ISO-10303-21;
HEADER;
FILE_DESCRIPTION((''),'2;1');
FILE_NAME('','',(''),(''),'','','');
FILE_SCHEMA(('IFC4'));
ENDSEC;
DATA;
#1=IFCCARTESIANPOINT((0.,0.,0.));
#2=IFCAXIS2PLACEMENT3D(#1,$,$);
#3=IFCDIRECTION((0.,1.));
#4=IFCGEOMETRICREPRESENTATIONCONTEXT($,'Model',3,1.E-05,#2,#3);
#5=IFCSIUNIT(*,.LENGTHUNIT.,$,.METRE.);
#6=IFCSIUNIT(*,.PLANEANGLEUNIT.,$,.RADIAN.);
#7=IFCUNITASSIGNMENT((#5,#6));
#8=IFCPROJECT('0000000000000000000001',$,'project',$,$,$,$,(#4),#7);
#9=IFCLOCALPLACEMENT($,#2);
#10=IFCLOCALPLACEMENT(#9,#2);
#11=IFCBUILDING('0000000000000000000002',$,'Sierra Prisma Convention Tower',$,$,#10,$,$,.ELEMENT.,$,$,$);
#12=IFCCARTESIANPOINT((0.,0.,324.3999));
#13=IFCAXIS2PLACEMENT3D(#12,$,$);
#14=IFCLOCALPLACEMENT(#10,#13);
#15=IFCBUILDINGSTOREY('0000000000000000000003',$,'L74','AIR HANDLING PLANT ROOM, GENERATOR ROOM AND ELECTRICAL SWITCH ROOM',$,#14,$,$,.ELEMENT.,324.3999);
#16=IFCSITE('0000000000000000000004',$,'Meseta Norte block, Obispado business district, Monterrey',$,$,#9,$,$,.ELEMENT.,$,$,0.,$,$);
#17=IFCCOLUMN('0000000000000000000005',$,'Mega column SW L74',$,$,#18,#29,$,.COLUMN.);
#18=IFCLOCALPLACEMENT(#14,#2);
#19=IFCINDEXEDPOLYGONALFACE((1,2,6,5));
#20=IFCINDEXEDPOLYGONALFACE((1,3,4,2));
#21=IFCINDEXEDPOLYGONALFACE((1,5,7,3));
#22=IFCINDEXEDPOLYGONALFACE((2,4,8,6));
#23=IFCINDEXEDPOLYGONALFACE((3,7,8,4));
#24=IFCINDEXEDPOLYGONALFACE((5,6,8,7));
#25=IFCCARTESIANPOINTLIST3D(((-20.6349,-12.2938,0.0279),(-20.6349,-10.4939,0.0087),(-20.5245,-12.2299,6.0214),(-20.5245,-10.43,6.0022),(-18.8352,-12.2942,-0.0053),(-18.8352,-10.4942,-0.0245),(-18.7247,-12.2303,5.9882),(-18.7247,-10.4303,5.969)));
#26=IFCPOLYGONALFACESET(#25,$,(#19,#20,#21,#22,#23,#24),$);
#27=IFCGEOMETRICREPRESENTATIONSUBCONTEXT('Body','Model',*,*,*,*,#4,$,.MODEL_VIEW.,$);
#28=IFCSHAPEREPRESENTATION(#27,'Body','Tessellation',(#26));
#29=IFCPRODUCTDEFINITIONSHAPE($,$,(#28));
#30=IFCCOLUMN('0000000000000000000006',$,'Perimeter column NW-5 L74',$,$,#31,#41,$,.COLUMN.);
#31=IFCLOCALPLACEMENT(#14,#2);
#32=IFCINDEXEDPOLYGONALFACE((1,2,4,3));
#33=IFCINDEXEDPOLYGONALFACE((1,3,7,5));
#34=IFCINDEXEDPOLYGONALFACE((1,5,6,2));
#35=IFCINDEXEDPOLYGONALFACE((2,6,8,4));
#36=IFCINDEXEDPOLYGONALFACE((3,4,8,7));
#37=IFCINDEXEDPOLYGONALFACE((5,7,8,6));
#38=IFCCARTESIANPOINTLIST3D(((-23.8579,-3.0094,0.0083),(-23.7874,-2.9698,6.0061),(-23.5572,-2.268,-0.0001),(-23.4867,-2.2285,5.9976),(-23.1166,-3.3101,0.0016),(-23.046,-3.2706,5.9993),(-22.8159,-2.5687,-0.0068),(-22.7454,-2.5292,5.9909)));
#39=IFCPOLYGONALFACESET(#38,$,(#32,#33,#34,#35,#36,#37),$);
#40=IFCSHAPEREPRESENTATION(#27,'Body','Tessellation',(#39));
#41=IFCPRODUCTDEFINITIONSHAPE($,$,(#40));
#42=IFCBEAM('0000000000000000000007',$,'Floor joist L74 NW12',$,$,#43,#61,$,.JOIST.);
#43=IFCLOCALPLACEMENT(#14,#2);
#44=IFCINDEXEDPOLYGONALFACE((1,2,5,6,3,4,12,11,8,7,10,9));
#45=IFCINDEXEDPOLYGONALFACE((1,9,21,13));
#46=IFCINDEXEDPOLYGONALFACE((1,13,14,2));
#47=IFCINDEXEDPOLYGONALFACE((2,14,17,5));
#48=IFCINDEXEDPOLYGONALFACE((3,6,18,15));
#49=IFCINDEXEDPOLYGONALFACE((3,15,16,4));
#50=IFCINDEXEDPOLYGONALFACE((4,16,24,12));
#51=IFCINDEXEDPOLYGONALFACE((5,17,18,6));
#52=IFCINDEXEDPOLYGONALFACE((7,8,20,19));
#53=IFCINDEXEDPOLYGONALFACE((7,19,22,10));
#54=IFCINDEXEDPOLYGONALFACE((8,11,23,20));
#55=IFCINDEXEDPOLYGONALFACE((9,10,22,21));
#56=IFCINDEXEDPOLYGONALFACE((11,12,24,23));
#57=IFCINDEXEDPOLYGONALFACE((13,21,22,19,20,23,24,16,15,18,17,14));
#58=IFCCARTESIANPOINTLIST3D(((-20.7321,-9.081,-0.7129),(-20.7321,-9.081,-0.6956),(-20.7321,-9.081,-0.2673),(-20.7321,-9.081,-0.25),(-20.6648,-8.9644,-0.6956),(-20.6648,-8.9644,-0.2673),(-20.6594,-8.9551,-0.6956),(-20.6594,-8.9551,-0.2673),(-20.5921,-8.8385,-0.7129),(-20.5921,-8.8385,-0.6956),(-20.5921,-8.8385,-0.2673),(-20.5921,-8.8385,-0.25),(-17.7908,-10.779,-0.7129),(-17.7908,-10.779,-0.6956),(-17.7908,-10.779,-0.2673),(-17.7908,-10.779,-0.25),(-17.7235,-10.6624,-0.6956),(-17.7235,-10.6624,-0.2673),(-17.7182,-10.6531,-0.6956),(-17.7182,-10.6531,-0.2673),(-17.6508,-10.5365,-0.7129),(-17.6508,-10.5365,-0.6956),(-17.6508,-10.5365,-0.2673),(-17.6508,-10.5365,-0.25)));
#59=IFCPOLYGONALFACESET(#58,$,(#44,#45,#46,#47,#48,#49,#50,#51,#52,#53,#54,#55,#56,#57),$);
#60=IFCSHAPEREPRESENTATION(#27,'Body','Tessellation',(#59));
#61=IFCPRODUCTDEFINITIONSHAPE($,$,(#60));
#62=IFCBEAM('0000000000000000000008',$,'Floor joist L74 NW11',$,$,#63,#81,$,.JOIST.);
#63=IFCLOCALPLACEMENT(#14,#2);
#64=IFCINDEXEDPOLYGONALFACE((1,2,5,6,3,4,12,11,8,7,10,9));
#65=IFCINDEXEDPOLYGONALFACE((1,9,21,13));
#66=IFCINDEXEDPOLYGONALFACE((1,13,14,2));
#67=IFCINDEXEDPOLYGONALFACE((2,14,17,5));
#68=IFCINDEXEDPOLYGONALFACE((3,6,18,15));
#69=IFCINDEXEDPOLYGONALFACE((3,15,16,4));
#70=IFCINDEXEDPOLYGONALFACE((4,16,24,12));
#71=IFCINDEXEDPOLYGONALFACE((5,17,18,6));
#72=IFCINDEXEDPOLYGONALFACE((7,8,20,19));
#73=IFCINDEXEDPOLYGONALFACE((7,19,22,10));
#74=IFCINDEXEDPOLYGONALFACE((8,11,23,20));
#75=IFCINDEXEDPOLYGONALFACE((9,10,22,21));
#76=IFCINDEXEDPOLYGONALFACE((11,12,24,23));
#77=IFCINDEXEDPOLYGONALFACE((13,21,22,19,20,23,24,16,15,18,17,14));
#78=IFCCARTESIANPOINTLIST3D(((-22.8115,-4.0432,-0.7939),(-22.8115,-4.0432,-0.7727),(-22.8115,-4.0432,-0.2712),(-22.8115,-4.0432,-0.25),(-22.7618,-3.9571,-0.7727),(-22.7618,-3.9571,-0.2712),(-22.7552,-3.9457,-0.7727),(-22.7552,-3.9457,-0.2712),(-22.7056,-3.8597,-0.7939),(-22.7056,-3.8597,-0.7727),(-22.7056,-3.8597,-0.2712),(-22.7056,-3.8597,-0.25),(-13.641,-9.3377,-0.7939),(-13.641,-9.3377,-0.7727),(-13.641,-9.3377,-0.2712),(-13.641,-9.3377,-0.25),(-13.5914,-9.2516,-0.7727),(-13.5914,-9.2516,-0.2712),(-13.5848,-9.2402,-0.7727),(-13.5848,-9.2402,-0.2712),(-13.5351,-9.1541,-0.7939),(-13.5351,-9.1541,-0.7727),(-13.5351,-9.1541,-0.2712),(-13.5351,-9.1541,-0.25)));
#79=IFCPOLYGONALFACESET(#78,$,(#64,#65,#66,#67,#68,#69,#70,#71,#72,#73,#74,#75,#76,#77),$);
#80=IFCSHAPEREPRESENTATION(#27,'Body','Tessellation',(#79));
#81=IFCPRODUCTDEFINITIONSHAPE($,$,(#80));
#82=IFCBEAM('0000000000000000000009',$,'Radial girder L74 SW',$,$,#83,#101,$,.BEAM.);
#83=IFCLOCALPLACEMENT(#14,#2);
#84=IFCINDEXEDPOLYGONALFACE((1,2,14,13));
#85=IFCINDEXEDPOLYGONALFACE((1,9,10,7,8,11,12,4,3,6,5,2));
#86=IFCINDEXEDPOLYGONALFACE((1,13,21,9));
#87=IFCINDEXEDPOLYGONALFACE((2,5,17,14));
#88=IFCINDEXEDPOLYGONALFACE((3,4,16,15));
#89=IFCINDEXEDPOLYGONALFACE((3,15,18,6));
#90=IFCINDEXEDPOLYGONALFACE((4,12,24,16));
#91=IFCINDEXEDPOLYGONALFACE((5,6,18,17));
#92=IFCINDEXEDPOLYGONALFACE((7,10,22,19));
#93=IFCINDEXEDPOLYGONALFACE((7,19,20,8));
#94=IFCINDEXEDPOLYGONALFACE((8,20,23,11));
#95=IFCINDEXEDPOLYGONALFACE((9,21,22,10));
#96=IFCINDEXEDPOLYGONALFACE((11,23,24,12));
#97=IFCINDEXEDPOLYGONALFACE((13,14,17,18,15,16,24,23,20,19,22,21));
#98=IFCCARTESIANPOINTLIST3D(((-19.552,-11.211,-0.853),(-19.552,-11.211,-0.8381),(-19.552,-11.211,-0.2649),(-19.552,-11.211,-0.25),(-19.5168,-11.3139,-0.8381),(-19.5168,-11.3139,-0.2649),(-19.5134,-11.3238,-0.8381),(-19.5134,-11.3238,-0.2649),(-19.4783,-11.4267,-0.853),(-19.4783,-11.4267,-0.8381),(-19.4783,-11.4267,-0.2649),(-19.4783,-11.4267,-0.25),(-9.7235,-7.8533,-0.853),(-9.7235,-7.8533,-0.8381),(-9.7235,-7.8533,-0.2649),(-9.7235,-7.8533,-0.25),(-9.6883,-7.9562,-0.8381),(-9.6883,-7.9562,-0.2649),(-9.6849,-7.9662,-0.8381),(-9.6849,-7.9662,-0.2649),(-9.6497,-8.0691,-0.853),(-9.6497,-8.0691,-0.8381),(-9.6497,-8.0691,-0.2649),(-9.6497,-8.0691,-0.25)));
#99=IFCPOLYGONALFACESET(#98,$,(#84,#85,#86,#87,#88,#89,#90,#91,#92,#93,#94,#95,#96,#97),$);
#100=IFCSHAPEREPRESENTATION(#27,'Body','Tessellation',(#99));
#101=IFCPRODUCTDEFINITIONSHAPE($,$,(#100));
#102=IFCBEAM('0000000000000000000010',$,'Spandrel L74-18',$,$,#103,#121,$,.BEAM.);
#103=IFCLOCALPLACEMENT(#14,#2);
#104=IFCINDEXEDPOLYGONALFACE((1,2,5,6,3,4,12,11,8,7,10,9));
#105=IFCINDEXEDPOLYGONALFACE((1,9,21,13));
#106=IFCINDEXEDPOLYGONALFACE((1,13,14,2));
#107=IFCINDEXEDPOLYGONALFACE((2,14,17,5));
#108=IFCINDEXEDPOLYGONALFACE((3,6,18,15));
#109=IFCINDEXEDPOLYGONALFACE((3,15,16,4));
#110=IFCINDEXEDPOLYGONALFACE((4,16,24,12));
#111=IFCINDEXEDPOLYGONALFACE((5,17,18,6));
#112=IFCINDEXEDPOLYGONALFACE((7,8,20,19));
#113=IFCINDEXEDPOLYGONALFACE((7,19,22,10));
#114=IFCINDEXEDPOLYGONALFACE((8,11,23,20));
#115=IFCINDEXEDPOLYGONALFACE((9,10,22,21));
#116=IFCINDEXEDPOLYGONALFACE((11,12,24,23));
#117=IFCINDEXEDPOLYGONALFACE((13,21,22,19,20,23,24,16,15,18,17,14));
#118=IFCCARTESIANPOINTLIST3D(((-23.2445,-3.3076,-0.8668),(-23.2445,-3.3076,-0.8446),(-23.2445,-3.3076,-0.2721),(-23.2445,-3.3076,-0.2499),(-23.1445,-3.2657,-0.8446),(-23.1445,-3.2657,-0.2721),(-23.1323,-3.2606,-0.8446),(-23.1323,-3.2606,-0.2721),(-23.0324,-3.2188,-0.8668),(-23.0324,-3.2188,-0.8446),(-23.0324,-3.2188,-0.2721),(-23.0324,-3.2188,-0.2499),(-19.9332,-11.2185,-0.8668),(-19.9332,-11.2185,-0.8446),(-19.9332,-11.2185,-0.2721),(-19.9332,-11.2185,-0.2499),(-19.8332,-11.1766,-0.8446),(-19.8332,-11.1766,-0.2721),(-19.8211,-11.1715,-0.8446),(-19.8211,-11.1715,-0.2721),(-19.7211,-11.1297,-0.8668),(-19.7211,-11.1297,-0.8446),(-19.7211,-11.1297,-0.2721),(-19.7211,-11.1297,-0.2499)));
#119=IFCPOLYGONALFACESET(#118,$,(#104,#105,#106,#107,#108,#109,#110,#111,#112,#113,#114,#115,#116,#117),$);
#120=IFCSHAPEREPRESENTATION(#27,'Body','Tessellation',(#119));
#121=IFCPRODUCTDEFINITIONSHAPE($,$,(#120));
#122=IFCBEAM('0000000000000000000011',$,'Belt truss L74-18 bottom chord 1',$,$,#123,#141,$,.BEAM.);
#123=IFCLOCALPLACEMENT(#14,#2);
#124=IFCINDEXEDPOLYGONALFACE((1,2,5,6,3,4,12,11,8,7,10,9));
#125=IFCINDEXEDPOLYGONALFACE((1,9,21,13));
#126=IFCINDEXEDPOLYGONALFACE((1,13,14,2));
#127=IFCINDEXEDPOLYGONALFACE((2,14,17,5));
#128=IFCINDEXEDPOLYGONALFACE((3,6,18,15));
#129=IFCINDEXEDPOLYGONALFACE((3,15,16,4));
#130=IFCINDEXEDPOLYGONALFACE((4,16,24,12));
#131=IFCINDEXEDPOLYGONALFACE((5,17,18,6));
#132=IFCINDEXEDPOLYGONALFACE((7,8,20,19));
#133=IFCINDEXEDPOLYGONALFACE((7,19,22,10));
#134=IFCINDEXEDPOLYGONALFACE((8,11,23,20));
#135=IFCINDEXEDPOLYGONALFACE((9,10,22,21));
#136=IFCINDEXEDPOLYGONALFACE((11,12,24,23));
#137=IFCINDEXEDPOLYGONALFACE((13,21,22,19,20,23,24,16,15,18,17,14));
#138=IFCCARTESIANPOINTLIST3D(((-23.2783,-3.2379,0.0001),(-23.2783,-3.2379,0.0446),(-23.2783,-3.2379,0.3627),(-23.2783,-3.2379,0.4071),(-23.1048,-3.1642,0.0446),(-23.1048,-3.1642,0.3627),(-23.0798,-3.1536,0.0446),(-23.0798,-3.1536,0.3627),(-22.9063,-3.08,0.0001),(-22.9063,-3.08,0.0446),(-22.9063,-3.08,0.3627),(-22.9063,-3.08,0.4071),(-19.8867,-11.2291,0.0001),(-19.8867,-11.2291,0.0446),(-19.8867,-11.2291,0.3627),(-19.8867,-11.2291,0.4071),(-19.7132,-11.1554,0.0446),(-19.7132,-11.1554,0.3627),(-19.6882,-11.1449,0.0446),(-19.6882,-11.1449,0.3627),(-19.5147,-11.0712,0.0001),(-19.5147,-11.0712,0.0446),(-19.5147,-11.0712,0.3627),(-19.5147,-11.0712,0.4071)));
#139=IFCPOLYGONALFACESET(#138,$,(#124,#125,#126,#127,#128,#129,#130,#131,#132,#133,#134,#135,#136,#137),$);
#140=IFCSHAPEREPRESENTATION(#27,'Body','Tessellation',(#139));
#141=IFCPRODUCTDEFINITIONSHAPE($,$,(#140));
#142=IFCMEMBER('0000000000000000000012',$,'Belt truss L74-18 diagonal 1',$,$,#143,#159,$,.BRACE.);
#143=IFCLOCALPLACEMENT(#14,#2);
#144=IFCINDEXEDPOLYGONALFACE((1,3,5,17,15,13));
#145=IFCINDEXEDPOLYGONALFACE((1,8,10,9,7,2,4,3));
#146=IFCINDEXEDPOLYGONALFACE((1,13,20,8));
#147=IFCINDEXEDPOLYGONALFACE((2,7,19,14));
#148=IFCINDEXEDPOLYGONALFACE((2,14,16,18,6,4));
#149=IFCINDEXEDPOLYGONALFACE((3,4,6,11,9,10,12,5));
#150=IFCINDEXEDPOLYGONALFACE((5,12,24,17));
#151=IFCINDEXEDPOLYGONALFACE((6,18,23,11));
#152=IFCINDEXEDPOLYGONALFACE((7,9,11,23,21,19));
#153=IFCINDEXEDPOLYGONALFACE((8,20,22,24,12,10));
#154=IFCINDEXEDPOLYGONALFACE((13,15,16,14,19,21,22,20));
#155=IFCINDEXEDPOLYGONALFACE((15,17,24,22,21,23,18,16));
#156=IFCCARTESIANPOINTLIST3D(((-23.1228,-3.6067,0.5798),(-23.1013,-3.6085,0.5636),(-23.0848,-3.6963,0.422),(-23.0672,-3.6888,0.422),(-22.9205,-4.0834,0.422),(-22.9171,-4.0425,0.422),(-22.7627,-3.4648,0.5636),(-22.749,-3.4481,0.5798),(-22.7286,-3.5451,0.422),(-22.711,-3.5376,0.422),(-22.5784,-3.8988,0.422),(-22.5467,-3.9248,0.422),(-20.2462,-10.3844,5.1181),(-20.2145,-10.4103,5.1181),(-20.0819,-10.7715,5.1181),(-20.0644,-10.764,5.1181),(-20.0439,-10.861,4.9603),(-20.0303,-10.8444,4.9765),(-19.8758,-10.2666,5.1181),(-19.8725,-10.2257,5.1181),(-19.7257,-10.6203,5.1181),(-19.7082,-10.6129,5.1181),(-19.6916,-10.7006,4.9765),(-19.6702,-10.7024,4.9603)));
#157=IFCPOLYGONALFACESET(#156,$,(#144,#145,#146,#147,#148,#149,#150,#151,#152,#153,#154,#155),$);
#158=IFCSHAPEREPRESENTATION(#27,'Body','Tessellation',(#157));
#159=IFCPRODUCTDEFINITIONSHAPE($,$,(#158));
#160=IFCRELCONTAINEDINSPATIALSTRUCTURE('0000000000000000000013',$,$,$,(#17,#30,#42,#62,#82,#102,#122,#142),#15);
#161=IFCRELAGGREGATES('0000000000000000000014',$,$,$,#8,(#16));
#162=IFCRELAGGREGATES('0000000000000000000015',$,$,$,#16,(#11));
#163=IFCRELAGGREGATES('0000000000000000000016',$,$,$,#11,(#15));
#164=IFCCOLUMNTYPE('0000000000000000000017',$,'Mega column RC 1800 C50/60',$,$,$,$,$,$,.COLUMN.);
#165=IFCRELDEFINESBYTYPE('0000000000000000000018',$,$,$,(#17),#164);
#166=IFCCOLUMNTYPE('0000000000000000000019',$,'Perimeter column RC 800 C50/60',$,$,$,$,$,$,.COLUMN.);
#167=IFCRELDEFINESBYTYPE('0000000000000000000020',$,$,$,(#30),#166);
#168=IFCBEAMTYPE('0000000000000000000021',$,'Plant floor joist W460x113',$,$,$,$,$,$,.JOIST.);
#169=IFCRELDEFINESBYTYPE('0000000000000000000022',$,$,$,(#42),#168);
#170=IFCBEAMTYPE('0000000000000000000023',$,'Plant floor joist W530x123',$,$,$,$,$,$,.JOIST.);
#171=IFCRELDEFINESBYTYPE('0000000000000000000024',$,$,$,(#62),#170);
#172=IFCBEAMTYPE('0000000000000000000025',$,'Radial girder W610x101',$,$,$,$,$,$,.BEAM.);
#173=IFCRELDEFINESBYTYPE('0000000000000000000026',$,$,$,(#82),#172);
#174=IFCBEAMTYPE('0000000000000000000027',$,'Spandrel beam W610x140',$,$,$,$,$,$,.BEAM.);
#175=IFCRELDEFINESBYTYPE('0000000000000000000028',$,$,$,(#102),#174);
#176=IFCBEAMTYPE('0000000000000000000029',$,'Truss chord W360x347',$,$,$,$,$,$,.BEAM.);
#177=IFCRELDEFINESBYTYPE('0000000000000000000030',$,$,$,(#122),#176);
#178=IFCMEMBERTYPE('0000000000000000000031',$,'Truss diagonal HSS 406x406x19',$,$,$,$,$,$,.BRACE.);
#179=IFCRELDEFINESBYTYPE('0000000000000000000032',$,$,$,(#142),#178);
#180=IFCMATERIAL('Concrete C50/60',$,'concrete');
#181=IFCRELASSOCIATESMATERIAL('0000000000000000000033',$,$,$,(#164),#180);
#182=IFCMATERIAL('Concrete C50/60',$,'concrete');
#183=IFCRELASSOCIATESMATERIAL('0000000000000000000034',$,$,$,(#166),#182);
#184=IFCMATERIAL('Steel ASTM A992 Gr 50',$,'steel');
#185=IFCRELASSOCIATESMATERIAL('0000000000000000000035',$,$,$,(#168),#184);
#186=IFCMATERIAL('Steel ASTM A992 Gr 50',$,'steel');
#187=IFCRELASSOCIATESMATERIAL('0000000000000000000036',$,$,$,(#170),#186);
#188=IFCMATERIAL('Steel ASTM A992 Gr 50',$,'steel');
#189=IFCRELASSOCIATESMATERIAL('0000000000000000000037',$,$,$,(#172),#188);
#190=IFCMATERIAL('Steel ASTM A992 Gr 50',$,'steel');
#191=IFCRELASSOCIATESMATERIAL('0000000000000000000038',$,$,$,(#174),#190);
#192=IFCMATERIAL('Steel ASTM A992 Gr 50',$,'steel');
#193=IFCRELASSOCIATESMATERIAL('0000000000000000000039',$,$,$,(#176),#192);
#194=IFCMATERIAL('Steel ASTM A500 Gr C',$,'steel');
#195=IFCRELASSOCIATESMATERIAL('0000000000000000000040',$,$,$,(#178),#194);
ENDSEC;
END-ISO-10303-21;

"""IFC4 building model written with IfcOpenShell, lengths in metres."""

from ifc_helpers import new_model, si_unit, direction, frame, origin, origin_2d, place, context, subcontext, project, spatial, rectangle, hollow_rectangle, i_section, extrude, clip, halfspace, material, material_profile, profile_set, type_object, element, save


model = new_model("IFC4")

# Units and contexts
model_context = context("Model", 3, precision=1e-05, world=origin(), true_north=direction((0.0, 1.0)))
body_context = subcontext(model_context, "Body", "Model", "MODEL_VIEW")
ifc_project = project(units=[si_unit("LENGTHUNIT", "METRE"), si_unit("PLANEANGLEUNIT", "RADIAN")], contexts=[model_context])

# Site, building, storey
site_placement = place(None, origin())
site = spatial("IfcSite", under=ifc_project, at=site_placement, Name="Meseta Norte block, Obispado business district, Monterrey", CompositionType="ELEMENT", RefElevation=0.0)
building_placement = place(site_placement, origin())
building = spatial("IfcBuilding", under=site, at=building_placement, Name="Sierra Prisma Convention Tower", CompositionType="ELEMENT")
storey_placement = place(building_placement, frame((0.0, 0.0, 324.3999)))
storey = spatial("IfcBuildingStorey", under=building, at=storey_placement, Name="L74", Description="AIR HANDLING PLANT ROOM, GENERATOR ROOM AND ELECTRICAL SWITCH ROOM", CompositionType="ELEMENT", Elevation=324.3999)

# Columns
ifc_material_1 = material(Name="Concrete C50/60", Category="concrete")
ifc_material_profile_1 = material_profile(ifc_material_1, rectangle(XDim=1.8, YDim=1.8, at=origin_2d()), Name="Mega column RC 1800 C50/60")
ifc_profile_set_1 = profile_set([ifc_material_profile_1], Name="Concrete C50/60")
column_type_1 = type_object("IfcColumnType", Name="Mega column RC 1800 C50/60", PredefinedType="COLUMN", material=ifc_profile_set_1)
column_1_placement = place(storey_placement, frame((-19.7351, -11.394, 0.0), z_axis=(0.018428, 0.010658, 0.999773), x_axis=(0.99983, -0.000196, -0.018427)))
element("IfcColumn", 1, at=column_1_placement, inside=storey, type_object=column_type_1, Name="Mega column SW L74", PredefinedType="COLUMN", context=body_context, shape_type="SweptSolid", body=[
    clip(clip(extrude(rectangle(XDim=1.8, YDim=1.8, at=origin_2d()), origin(), (0.0, 0.0, 1.0), 6.0015), halfspace(frame((0.0, 0.0, 0.0017)), True)), halfspace(frame((0.0, 0.0, 5.9966)), False)),
])
ifc_material_2 = material(Name="Concrete C50/60", Category="concrete")
ifc_material_profile_2 = material_profile(ifc_material_2, rectangle(XDim=0.8, YDim=0.8, at=origin_2d()), Name="Perimeter column RC 800 C50/60")
ifc_profile_set_2 = profile_set([ifc_material_profile_2], Name="Concrete C50/60")
column_type_2 = type_object("IfcColumnType", Name="Perimeter column RC 800 C50/60", PredefinedType="COLUMN", material=ifc_profile_set_2)
column_2_placement = place(storey_placement, frame((-23.3369, -2.7891, 0.0), z_axis=(0.011758, 0.006591, 0.999909), x_axis=(0.375802, 0.92664, -0.010527)))
element("IfcColumn", 2, at=column_2_placement, inside=storey, type_object=column_type_2, Name="Perimeter column NW-5 L74", PredefinedType="COLUMN", context=body_context, shape_type="SweptSolid", body=[
    clip(clip(extrude(rectangle(XDim=0.8, YDim=0.8, at=origin_2d()), origin(), (0.0, 0.0, 1.0), 6.0005), halfspace(frame((0.0, 0.0, 0.0007)), True)), halfspace(frame((0.0, 0.0, 5.999)), False)),
])

# Beams
ifc_material_3 = material(Name="Steel ASTM A992 Gr 50", Category="steel")
ifc_material_profile_3 = material_profile(ifc_material_3, i_section(OverallWidth=0.28, OverallDepth=0.4629, WebThickness=0.0107, FlangeThickness=0.0173, at=origin_2d()), Name="W460x113")
ifc_profile_set_3 = profile_set([ifc_material_profile_3], Name="Steel ASTM A992 Gr 50")
beam_type_1 = type_object("IfcBeamType", Name="Plant floor joist W460x113", PredefinedType="JOIST", material=ifc_profile_set_3)
beam_1_placement = place(storey_placement, frame((-20.6621, -8.9597, -0.4814), z_axis=(0.866036, -0.499982, 0.0), x_axis=(0.499982, 0.866036, 0.0)))
element("IfcBeam", 3, at=beam_1_placement, inside=storey, type_object=beam_type_1, Name="Floor joist L74 NW12", PredefinedType="JOIST", context=body_context, shape_type="SweptSolid", body=[
    extrude(i_section(OverallWidth=0.28, OverallDepth=0.4629, WebThickness=0.0107, FlangeThickness=0.0173, at=origin_2d()), origin(), (0.0, 0.0, 1.0), 3.3962),
])
ifc_material_4 = material(Name="Steel ASTM A992 Gr 50", Category="steel")
ifc_material_profile_4 = material_profile(ifc_material_4, i_section(OverallWidth=0.2119, OverallDepth=0.5439, WebThickness=0.0132, FlangeThickness=0.0212, at=origin_2d()), Name="W530x123")
ifc_profile_set_4 = profile_set([ifc_material_profile_4], Name="Steel ASTM A992 Gr 50")
beam_type_2 = type_object("IfcBeamType", Name="Plant floor joist W530x123", PredefinedType="JOIST", material=ifc_profile_set_4)
beam_2_placement = place(storey_placement, frame((-22.7585, -3.9514, -0.522), z_axis=(0.86603, -0.499993, 0.0), x_axis=(0.499993, 0.86603, 0.0)))
element("IfcBeam", 4, at=beam_2_placement, inside=storey, type_object=beam_type_2, Name="Floor joist L74 NW11", PredefinedType="JOIST", context=body_context, shape_type="SweptSolid", body=[
    extrude(i_section(OverallWidth=0.2119, OverallDepth=0.5439, WebThickness=0.0132, FlangeThickness=0.0212, at=origin_2d()), origin(), (0.0, 0.0, 1.0), 10.5891),
])
ifc_material_5 = material(Name="Steel ASTM A992 Gr 50", Category="steel")
ifc_material_profile_5 = material_profile(ifc_material_5, i_section(OverallWidth=0.228, OverallDepth=0.603, WebThickness=0.0105, FlangeThickness=0.0149, at=origin_2d()), Name="W610x101")
ifc_profile_set_5 = profile_set([ifc_material_profile_5], Name="Steel ASTM A992 Gr 50")
beam_type_3 = type_object("IfcBeamType", Name="Radial girder W610x101", PredefinedType="BEAM", material=ifc_profile_set_5)
beam_3_placement = place(storey_placement, frame((-19.5151, -11.3188, -0.5515), z_axis=(0.946304, 0.323278, 0.0), x_axis=(-0.323278, 0.946304, 0.0)))
element("IfcBeam", 5, at=beam_3_placement, inside=storey, type_object=beam_type_3, Name="Radial girder L74 SW", PredefinedType="BEAM", context=body_context, shape_type="SweptSolid", body=[
    extrude(i_section(OverallWidth=0.228, OverallDepth=0.603, WebThickness=0.0105, FlangeThickness=0.0149, at=origin_2d()), origin(), (0.0, 0.0, 1.0), 10.3862),
])
ifc_material_6 = material(Name="Steel ASTM A992 Gr 50", Category="steel")
ifc_material_profile_6 = material_profile(ifc_material_6, i_section(OverallWidth=0.23, OverallDepth=0.6169, WebThickness=0.0132, FlangeThickness=0.0222, at=origin_2d()), Name="W610x140")
ifc_profile_set_6 = profile_set([ifc_material_profile_6], Name="Steel ASTM A992 Gr 50")
beam_type_4 = type_object("IfcBeamType", Name="Spandrel beam W610x140", PredefinedType="BEAM", material=ifc_profile_set_6)
beam_4_placement = place(storey_placement, frame((-23.1384, -3.2632, -0.5583), z_axis=(0.386113, -0.922452, 0.0), x_axis=(0.922452, 0.386113, 0.0)))
element("IfcBeam", 6, at=beam_4_placement, inside=storey, type_object=beam_type_4, Name="Spandrel L74-18", PredefinedType="BEAM", context=body_context, shape_type="SweptSolid", body=[
    extrude(i_section(OverallWidth=0.23, OverallDepth=0.6169, WebThickness=0.0132, FlangeThickness=0.0222, at=origin_2d()), origin(), (0.0, 0.0, 1.0), 8.5759),
])
ifc_material_7 = material(Name="Steel ASTM A992 Gr 50", Category="steel")
ifc_material_profile_7 = material_profile(ifc_material_7, i_section(OverallWidth=0.4041, OverallDepth=0.407, WebThickness=0.0271, FlangeThickness=0.0444, at=origin_2d()), Name="W360x347")
ifc_profile_set_7 = profile_set([ifc_material_profile_7], Name="Steel ASTM A992 Gr 50")
beam_type_5 = type_object("IfcBeamType", Name="Truss chord W360x347", PredefinedType="BEAM", material=ifc_profile_set_7)
beam_5_placement = place(storey_placement, frame((-23.0923, -3.1589, 0.2036), z_axis=(0.390686, -0.920524, 0.0), x_axis=(0.920524, 0.390686, 0.0)))
element("IfcBeam", 7, at=beam_5_placement, inside=storey, type_object=beam_type_5, Name="Belt truss L74-18 bottom chord 1", PredefinedType="BEAM", context=body_context, shape_type="SweptSolid", body=[
    extrude(i_section(OverallWidth=0.4041, OverallDepth=0.407, WebThickness=0.0271, FlangeThickness=0.0444, at=origin_2d()), origin(), (0.0, 0.0, 1.0), 8.6812),
])

# Member
ifc_material_8 = material(Name="Steel ASTM A500 Gr C", Category="steel")
ifc_material_profile_8 = material_profile(ifc_material_8, hollow_rectangle(XDim=0.406, YDim=0.406, WallThickness=0.019, at=origin_2d()), Name="Truss diagonal HSS 406x406x19")
ifc_profile_set_8 = profile_set([ifc_material_profile_8], Name="Steel ASTM A500 Gr C")
member_type = type_object("IfcMemberType", Name="Truss diagonal HSS 406x406x19", PredefinedType="BRACE", material=ifc_profile_set_8)
member_placement = place(storey_placement, frame((-22.8943, -3.6255, 0.407), z_axis=(0.332586, -0.783623, 0.52471), x_axis=(0.920523, 0.390689, 0.0)))
element("IfcMember", 8, at=member_placement, inside=storey, type_object=member_type, Name="Belt truss L74-18 diagonal 1", PredefinedType="BRACE", context=body_context, shape_type="SweptSolid", body=[
    clip(clip(extrude(hollow_rectangle(XDim=0.406, YDim=0.406, WallThickness=0.019, at=origin_2d()), origin(), (0.0, 0.0, 1.0), 9.0071), halfspace(frame((0.0, 0.0127, 0.0081), z_axis=(0.0, 0.851281, 0.52471), x_axis=(1.0, 0.0, 0.0)), True)), halfspace(frame((-0.0002, -0.0127, 8.999), z_axis=(0.0, -0.851281, -0.52471), x_axis=(1.0, 0.0, 0.0)), True)),
])

save(model, "model.ifc")
